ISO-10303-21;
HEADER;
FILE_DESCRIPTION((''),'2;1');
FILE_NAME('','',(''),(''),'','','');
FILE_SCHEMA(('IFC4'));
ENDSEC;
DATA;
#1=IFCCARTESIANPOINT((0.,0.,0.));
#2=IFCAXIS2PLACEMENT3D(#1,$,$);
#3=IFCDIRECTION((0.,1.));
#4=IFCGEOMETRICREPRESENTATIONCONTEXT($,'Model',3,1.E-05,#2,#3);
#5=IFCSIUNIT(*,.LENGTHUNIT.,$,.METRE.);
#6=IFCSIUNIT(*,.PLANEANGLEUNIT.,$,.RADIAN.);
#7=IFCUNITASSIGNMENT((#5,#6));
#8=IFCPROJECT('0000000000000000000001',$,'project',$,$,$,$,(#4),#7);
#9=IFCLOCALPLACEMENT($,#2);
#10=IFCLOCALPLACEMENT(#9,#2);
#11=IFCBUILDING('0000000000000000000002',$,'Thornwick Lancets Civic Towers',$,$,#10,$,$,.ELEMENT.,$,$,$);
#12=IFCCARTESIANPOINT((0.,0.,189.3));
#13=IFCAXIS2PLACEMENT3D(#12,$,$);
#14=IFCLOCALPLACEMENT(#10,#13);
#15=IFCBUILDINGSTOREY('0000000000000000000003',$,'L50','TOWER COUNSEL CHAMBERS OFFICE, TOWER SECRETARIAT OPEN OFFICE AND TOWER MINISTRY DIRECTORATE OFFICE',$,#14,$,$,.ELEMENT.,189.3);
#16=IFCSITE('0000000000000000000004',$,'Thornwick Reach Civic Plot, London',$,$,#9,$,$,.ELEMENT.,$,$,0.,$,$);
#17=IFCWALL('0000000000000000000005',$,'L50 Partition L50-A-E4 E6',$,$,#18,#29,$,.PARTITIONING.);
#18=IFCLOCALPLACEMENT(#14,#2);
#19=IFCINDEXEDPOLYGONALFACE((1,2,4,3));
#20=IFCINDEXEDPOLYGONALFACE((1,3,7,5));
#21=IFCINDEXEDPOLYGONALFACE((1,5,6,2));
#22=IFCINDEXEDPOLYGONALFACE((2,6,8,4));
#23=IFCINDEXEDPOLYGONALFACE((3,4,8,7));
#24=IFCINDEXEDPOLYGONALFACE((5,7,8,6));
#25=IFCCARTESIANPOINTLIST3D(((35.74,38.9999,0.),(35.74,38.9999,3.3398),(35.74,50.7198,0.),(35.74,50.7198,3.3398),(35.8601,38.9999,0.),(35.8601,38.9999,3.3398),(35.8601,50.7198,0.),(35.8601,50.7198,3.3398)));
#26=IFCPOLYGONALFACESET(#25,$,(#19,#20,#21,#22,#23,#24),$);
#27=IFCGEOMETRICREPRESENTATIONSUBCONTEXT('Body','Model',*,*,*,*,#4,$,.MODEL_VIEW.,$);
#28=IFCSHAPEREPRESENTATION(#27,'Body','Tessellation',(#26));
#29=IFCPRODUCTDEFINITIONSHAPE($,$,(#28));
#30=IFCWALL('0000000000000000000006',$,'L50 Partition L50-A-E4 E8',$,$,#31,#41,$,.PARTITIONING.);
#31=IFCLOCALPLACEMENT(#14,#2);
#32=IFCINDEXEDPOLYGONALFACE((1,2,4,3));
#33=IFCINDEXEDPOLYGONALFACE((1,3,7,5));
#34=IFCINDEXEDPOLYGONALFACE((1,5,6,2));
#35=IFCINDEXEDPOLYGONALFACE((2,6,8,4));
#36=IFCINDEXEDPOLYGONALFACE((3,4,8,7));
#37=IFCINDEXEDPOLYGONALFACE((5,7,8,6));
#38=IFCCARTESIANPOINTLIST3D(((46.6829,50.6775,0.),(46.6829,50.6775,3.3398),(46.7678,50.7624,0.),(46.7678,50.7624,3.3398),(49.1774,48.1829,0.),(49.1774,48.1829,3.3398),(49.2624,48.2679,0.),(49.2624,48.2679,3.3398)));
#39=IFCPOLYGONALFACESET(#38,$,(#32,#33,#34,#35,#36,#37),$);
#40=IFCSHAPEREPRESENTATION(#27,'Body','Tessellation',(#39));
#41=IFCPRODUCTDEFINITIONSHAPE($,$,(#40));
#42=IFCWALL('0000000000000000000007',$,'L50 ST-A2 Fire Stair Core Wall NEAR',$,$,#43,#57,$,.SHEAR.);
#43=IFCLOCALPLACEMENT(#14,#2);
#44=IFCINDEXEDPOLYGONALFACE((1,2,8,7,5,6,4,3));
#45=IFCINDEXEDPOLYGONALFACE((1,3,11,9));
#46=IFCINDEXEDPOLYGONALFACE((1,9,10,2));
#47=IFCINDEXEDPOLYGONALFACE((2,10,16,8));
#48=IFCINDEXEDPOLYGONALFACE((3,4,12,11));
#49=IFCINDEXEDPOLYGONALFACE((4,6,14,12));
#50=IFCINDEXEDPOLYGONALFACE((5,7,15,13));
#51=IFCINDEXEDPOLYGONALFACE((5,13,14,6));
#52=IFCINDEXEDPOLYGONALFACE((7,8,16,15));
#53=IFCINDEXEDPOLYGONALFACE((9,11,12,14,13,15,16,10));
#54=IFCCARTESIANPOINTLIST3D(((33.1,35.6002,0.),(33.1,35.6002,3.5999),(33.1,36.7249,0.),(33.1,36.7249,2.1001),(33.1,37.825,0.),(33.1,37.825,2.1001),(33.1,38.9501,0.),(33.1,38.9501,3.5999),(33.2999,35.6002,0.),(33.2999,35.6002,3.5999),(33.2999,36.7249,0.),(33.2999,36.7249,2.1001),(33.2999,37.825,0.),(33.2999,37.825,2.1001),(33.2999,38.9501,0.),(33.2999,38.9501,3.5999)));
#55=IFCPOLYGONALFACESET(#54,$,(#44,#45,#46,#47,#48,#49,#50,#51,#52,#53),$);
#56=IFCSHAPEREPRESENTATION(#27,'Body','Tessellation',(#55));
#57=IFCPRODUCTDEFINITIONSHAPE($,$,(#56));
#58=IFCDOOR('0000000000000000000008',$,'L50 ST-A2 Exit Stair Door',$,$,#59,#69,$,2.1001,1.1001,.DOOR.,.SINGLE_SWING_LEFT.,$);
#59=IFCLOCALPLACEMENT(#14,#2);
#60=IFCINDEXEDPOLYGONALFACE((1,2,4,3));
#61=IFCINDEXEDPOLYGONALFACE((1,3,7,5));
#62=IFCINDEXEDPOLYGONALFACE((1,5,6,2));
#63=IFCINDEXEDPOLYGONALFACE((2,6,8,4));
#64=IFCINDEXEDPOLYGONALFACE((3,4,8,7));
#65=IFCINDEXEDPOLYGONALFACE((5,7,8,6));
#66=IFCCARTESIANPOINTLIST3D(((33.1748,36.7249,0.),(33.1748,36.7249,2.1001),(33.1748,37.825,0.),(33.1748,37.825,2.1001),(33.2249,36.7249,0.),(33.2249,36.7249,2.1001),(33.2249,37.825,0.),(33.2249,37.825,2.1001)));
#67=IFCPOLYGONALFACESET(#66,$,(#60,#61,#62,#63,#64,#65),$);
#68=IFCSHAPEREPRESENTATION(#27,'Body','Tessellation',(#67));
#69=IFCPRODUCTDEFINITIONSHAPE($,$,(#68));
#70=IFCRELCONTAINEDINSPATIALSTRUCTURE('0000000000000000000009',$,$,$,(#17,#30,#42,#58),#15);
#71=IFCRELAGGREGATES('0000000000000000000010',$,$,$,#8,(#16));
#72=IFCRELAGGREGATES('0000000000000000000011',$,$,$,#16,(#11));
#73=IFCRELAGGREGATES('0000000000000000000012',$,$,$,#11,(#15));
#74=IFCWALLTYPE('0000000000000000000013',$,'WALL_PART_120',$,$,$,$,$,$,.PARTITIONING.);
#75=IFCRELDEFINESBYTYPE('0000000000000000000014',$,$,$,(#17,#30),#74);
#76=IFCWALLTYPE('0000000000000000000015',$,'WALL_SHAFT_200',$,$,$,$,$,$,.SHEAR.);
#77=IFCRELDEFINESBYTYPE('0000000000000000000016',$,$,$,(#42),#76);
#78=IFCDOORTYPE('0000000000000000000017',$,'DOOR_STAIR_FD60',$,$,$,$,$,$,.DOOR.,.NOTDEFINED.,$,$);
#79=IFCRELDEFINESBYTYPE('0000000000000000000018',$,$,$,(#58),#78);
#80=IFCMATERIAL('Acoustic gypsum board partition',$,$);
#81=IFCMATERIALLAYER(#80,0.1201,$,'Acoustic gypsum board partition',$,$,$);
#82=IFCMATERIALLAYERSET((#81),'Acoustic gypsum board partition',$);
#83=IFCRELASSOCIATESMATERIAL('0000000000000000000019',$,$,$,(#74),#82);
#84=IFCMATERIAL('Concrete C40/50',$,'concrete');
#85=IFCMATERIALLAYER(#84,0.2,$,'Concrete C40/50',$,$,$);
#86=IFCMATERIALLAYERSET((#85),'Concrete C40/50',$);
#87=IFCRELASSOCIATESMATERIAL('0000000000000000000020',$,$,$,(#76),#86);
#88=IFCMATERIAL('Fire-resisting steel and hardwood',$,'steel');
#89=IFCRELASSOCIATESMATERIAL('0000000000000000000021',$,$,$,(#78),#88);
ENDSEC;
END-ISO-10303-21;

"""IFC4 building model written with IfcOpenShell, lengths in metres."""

from ifc_helpers import new_model, si_unit, direction, frame, frame_2d, origin, place, context, subcontext, project, spatial, rectangle, extrude, material, layer, layer_set, type_object, element, fill, save


model = new_model("IFC4")

# Units and contexts
model_context = context("Model", 3, precision=1e-05, world=origin(), true_north=direction((0.0, 1.0)))
body_context = subcontext(model_context, "Body", "Model", "MODEL_VIEW")
ifc_project = project(units=[si_unit("LENGTHUNIT", "METRE"), si_unit("PLANEANGLEUNIT", "RADIAN")], contexts=[model_context])

# Site, building, storey
site_placement = place(None, origin())
site = spatial("IfcSite", under=ifc_project, at=site_placement, Name="Thornwick Reach Civic Plot, London", CompositionType="ELEMENT", RefElevation=0.0)
building_placement = place(site_placement, origin())
building = spatial("IfcBuilding", under=site, at=building_placement, Name="Thornwick Lancets Civic Towers", CompositionType="ELEMENT")
storey_placement = place(building_placement, frame((0.0, 0.0, 189.3)))
storey = spatial("IfcBuildingStorey", under=building, at=storey_placement, Name="L50", Description="TOWER COUNSEL CHAMBERS OFFICE, TOWER SECRETARIAT OPEN OFFICE AND TOWER MINISTRY DIRECTORATE OFFICE", CompositionType="ELEMENT", Elevation=189.3)

# Walls
ifc_material_1 = material(Name="Acoustic gypsum board partition")
ifc_layer_1 = layer(ifc_material_1, 0.1201, Name="Acoustic gypsum board partition")
ifc_layer_set_1 = layer_set([ifc_layer_1], Name="Acoustic gypsum board partition")
wall_type_1 = type_object("IfcWallType", Name="WALL_PART_120", PredefinedType="PARTITIONING", material=ifc_layer_set_1)
wall_1_placement = place(storey_placement, frame((35.8, 39.0, 0.0), z_axis=(0.0, 0.0, 1.0), x_axis=(0.0, 1.0, 0.0)))
element("IfcWall", 1, at=wall_1_placement, inside=storey, type_object=wall_type_1, Name="L50 Partition L50-A-E4 E6", PredefinedType="PARTITIONING", context=body_context, shape_type="SweptSolid", body=[
    extrude(rectangle(XDim=11.72, YDim=0.1201, at=frame_2d((5.8599, 0.0))), origin(), (0.0, 0.0, 1.0), 3.3398),
])
wall_2_placement = place(storey_placement, frame((46.7253, 50.72, 0.0), z_axis=(0.0, 0.0, 1.0), x_axis=(0.707107, -0.707107, 0.0)))
element("IfcWall", 2, at=wall_2_placement, inside=storey, type_object=wall_type_1, Name="L50 Partition L50-A-E4 E8", PredefinedType="PARTITIONING", context=body_context, shape_type="SweptSolid", body=[
    extrude(rectangle(XDim=3.5278, YDim=0.1201, at=frame_2d((1.7639, 0.0))), origin(), (0.0, 0.0, 1.0), 3.3398),
])

# Wall, opening, door
ifc_material_2 = material(Name="Concrete C40/50", Category="concrete")
ifc_layer_2 = layer(ifc_material_2, 0.2, Name="Concrete C40/50")
ifc_layer_set_2 = layer_set([ifc_layer_2], Name="Concrete C40/50")
wall_type_2 = type_object("IfcWallType", Name="WALL_SHAFT_200", PredefinedType="SHEAR", material=ifc_layer_set_2)
wall_3_placement = place(storey_placement, frame((33.2, 38.95, 0.0), z_axis=(0.0, 0.0, 1.0), x_axis=(0.0, -1.0, 0.0)))
wall_3 = element("IfcWall", 3, at=wall_3_placement, inside=storey, type_object=wall_type_2, Name="L50 ST-A2 Fire Stair Core Wall NEAR", PredefinedType="SHEAR", context=body_context, shape_type="SweptSolid", body=[
    extrude(rectangle(XDim=3.3499, YDim=0.2, at=frame_2d((1.6748, 0.0))), origin(), (0.0, 0.0, 1.0), 3.5999),
])
opening_1_placement = place(wall_3_placement, frame((1.125, 0.0, 0.0)))
opening_1 = element("IfcOpeningElement", 4, at=opening_1_placement, cuts=wall_3, PredefinedType="OPENING", context=body_context, shape_type="SweptSolid", body=[
    extrude(rectangle(XDim=1.1001, YDim=2.1001, at=frame_2d((0.55, 1.05))), frame((0.0, 0.1099, 0.0), z_axis=(0.0, -1.0, 0.0), x_axis=(1.0, 0.0, 0.0)), (0.0, 0.0, 1.0), 0.22),
])
ifc_material_3 = material(Name="Fire-resisting steel and hardwood", Category="steel")
door_type_1 = type_object("IfcDoorType", Name="DOOR_STAIR_FD60", OperationType="NOTDEFINED", PredefinedType="DOOR", material=ifc_material_3)
door_1_placement = place(opening_1_placement, origin())
door_1 = element("IfcDoor", 5, at=door_1_placement, inside=storey, type_object=door_type_1, Name="L50 ST-A2 Exit Stair Door", OperationType="SINGLE_SWING_LEFT", OverallHeight=2.1001, OverallWidth=1.1001, PredefinedType="DOOR", context=body_context, shape_type="SweptSolid", body=[
    extrude(rectangle(XDim=1.1001, YDim=2.1001, at=frame_2d((0.55, 1.05))), frame((0.0, 0.0249, 0.0), z_axis=(0.0, -1.0, 0.0), x_axis=(1.0, 0.0, 0.0)), (0.0, 0.0, 1.0), 0.05),
])
fill(opening_1, door_1)

save(model, "model.ifc")
